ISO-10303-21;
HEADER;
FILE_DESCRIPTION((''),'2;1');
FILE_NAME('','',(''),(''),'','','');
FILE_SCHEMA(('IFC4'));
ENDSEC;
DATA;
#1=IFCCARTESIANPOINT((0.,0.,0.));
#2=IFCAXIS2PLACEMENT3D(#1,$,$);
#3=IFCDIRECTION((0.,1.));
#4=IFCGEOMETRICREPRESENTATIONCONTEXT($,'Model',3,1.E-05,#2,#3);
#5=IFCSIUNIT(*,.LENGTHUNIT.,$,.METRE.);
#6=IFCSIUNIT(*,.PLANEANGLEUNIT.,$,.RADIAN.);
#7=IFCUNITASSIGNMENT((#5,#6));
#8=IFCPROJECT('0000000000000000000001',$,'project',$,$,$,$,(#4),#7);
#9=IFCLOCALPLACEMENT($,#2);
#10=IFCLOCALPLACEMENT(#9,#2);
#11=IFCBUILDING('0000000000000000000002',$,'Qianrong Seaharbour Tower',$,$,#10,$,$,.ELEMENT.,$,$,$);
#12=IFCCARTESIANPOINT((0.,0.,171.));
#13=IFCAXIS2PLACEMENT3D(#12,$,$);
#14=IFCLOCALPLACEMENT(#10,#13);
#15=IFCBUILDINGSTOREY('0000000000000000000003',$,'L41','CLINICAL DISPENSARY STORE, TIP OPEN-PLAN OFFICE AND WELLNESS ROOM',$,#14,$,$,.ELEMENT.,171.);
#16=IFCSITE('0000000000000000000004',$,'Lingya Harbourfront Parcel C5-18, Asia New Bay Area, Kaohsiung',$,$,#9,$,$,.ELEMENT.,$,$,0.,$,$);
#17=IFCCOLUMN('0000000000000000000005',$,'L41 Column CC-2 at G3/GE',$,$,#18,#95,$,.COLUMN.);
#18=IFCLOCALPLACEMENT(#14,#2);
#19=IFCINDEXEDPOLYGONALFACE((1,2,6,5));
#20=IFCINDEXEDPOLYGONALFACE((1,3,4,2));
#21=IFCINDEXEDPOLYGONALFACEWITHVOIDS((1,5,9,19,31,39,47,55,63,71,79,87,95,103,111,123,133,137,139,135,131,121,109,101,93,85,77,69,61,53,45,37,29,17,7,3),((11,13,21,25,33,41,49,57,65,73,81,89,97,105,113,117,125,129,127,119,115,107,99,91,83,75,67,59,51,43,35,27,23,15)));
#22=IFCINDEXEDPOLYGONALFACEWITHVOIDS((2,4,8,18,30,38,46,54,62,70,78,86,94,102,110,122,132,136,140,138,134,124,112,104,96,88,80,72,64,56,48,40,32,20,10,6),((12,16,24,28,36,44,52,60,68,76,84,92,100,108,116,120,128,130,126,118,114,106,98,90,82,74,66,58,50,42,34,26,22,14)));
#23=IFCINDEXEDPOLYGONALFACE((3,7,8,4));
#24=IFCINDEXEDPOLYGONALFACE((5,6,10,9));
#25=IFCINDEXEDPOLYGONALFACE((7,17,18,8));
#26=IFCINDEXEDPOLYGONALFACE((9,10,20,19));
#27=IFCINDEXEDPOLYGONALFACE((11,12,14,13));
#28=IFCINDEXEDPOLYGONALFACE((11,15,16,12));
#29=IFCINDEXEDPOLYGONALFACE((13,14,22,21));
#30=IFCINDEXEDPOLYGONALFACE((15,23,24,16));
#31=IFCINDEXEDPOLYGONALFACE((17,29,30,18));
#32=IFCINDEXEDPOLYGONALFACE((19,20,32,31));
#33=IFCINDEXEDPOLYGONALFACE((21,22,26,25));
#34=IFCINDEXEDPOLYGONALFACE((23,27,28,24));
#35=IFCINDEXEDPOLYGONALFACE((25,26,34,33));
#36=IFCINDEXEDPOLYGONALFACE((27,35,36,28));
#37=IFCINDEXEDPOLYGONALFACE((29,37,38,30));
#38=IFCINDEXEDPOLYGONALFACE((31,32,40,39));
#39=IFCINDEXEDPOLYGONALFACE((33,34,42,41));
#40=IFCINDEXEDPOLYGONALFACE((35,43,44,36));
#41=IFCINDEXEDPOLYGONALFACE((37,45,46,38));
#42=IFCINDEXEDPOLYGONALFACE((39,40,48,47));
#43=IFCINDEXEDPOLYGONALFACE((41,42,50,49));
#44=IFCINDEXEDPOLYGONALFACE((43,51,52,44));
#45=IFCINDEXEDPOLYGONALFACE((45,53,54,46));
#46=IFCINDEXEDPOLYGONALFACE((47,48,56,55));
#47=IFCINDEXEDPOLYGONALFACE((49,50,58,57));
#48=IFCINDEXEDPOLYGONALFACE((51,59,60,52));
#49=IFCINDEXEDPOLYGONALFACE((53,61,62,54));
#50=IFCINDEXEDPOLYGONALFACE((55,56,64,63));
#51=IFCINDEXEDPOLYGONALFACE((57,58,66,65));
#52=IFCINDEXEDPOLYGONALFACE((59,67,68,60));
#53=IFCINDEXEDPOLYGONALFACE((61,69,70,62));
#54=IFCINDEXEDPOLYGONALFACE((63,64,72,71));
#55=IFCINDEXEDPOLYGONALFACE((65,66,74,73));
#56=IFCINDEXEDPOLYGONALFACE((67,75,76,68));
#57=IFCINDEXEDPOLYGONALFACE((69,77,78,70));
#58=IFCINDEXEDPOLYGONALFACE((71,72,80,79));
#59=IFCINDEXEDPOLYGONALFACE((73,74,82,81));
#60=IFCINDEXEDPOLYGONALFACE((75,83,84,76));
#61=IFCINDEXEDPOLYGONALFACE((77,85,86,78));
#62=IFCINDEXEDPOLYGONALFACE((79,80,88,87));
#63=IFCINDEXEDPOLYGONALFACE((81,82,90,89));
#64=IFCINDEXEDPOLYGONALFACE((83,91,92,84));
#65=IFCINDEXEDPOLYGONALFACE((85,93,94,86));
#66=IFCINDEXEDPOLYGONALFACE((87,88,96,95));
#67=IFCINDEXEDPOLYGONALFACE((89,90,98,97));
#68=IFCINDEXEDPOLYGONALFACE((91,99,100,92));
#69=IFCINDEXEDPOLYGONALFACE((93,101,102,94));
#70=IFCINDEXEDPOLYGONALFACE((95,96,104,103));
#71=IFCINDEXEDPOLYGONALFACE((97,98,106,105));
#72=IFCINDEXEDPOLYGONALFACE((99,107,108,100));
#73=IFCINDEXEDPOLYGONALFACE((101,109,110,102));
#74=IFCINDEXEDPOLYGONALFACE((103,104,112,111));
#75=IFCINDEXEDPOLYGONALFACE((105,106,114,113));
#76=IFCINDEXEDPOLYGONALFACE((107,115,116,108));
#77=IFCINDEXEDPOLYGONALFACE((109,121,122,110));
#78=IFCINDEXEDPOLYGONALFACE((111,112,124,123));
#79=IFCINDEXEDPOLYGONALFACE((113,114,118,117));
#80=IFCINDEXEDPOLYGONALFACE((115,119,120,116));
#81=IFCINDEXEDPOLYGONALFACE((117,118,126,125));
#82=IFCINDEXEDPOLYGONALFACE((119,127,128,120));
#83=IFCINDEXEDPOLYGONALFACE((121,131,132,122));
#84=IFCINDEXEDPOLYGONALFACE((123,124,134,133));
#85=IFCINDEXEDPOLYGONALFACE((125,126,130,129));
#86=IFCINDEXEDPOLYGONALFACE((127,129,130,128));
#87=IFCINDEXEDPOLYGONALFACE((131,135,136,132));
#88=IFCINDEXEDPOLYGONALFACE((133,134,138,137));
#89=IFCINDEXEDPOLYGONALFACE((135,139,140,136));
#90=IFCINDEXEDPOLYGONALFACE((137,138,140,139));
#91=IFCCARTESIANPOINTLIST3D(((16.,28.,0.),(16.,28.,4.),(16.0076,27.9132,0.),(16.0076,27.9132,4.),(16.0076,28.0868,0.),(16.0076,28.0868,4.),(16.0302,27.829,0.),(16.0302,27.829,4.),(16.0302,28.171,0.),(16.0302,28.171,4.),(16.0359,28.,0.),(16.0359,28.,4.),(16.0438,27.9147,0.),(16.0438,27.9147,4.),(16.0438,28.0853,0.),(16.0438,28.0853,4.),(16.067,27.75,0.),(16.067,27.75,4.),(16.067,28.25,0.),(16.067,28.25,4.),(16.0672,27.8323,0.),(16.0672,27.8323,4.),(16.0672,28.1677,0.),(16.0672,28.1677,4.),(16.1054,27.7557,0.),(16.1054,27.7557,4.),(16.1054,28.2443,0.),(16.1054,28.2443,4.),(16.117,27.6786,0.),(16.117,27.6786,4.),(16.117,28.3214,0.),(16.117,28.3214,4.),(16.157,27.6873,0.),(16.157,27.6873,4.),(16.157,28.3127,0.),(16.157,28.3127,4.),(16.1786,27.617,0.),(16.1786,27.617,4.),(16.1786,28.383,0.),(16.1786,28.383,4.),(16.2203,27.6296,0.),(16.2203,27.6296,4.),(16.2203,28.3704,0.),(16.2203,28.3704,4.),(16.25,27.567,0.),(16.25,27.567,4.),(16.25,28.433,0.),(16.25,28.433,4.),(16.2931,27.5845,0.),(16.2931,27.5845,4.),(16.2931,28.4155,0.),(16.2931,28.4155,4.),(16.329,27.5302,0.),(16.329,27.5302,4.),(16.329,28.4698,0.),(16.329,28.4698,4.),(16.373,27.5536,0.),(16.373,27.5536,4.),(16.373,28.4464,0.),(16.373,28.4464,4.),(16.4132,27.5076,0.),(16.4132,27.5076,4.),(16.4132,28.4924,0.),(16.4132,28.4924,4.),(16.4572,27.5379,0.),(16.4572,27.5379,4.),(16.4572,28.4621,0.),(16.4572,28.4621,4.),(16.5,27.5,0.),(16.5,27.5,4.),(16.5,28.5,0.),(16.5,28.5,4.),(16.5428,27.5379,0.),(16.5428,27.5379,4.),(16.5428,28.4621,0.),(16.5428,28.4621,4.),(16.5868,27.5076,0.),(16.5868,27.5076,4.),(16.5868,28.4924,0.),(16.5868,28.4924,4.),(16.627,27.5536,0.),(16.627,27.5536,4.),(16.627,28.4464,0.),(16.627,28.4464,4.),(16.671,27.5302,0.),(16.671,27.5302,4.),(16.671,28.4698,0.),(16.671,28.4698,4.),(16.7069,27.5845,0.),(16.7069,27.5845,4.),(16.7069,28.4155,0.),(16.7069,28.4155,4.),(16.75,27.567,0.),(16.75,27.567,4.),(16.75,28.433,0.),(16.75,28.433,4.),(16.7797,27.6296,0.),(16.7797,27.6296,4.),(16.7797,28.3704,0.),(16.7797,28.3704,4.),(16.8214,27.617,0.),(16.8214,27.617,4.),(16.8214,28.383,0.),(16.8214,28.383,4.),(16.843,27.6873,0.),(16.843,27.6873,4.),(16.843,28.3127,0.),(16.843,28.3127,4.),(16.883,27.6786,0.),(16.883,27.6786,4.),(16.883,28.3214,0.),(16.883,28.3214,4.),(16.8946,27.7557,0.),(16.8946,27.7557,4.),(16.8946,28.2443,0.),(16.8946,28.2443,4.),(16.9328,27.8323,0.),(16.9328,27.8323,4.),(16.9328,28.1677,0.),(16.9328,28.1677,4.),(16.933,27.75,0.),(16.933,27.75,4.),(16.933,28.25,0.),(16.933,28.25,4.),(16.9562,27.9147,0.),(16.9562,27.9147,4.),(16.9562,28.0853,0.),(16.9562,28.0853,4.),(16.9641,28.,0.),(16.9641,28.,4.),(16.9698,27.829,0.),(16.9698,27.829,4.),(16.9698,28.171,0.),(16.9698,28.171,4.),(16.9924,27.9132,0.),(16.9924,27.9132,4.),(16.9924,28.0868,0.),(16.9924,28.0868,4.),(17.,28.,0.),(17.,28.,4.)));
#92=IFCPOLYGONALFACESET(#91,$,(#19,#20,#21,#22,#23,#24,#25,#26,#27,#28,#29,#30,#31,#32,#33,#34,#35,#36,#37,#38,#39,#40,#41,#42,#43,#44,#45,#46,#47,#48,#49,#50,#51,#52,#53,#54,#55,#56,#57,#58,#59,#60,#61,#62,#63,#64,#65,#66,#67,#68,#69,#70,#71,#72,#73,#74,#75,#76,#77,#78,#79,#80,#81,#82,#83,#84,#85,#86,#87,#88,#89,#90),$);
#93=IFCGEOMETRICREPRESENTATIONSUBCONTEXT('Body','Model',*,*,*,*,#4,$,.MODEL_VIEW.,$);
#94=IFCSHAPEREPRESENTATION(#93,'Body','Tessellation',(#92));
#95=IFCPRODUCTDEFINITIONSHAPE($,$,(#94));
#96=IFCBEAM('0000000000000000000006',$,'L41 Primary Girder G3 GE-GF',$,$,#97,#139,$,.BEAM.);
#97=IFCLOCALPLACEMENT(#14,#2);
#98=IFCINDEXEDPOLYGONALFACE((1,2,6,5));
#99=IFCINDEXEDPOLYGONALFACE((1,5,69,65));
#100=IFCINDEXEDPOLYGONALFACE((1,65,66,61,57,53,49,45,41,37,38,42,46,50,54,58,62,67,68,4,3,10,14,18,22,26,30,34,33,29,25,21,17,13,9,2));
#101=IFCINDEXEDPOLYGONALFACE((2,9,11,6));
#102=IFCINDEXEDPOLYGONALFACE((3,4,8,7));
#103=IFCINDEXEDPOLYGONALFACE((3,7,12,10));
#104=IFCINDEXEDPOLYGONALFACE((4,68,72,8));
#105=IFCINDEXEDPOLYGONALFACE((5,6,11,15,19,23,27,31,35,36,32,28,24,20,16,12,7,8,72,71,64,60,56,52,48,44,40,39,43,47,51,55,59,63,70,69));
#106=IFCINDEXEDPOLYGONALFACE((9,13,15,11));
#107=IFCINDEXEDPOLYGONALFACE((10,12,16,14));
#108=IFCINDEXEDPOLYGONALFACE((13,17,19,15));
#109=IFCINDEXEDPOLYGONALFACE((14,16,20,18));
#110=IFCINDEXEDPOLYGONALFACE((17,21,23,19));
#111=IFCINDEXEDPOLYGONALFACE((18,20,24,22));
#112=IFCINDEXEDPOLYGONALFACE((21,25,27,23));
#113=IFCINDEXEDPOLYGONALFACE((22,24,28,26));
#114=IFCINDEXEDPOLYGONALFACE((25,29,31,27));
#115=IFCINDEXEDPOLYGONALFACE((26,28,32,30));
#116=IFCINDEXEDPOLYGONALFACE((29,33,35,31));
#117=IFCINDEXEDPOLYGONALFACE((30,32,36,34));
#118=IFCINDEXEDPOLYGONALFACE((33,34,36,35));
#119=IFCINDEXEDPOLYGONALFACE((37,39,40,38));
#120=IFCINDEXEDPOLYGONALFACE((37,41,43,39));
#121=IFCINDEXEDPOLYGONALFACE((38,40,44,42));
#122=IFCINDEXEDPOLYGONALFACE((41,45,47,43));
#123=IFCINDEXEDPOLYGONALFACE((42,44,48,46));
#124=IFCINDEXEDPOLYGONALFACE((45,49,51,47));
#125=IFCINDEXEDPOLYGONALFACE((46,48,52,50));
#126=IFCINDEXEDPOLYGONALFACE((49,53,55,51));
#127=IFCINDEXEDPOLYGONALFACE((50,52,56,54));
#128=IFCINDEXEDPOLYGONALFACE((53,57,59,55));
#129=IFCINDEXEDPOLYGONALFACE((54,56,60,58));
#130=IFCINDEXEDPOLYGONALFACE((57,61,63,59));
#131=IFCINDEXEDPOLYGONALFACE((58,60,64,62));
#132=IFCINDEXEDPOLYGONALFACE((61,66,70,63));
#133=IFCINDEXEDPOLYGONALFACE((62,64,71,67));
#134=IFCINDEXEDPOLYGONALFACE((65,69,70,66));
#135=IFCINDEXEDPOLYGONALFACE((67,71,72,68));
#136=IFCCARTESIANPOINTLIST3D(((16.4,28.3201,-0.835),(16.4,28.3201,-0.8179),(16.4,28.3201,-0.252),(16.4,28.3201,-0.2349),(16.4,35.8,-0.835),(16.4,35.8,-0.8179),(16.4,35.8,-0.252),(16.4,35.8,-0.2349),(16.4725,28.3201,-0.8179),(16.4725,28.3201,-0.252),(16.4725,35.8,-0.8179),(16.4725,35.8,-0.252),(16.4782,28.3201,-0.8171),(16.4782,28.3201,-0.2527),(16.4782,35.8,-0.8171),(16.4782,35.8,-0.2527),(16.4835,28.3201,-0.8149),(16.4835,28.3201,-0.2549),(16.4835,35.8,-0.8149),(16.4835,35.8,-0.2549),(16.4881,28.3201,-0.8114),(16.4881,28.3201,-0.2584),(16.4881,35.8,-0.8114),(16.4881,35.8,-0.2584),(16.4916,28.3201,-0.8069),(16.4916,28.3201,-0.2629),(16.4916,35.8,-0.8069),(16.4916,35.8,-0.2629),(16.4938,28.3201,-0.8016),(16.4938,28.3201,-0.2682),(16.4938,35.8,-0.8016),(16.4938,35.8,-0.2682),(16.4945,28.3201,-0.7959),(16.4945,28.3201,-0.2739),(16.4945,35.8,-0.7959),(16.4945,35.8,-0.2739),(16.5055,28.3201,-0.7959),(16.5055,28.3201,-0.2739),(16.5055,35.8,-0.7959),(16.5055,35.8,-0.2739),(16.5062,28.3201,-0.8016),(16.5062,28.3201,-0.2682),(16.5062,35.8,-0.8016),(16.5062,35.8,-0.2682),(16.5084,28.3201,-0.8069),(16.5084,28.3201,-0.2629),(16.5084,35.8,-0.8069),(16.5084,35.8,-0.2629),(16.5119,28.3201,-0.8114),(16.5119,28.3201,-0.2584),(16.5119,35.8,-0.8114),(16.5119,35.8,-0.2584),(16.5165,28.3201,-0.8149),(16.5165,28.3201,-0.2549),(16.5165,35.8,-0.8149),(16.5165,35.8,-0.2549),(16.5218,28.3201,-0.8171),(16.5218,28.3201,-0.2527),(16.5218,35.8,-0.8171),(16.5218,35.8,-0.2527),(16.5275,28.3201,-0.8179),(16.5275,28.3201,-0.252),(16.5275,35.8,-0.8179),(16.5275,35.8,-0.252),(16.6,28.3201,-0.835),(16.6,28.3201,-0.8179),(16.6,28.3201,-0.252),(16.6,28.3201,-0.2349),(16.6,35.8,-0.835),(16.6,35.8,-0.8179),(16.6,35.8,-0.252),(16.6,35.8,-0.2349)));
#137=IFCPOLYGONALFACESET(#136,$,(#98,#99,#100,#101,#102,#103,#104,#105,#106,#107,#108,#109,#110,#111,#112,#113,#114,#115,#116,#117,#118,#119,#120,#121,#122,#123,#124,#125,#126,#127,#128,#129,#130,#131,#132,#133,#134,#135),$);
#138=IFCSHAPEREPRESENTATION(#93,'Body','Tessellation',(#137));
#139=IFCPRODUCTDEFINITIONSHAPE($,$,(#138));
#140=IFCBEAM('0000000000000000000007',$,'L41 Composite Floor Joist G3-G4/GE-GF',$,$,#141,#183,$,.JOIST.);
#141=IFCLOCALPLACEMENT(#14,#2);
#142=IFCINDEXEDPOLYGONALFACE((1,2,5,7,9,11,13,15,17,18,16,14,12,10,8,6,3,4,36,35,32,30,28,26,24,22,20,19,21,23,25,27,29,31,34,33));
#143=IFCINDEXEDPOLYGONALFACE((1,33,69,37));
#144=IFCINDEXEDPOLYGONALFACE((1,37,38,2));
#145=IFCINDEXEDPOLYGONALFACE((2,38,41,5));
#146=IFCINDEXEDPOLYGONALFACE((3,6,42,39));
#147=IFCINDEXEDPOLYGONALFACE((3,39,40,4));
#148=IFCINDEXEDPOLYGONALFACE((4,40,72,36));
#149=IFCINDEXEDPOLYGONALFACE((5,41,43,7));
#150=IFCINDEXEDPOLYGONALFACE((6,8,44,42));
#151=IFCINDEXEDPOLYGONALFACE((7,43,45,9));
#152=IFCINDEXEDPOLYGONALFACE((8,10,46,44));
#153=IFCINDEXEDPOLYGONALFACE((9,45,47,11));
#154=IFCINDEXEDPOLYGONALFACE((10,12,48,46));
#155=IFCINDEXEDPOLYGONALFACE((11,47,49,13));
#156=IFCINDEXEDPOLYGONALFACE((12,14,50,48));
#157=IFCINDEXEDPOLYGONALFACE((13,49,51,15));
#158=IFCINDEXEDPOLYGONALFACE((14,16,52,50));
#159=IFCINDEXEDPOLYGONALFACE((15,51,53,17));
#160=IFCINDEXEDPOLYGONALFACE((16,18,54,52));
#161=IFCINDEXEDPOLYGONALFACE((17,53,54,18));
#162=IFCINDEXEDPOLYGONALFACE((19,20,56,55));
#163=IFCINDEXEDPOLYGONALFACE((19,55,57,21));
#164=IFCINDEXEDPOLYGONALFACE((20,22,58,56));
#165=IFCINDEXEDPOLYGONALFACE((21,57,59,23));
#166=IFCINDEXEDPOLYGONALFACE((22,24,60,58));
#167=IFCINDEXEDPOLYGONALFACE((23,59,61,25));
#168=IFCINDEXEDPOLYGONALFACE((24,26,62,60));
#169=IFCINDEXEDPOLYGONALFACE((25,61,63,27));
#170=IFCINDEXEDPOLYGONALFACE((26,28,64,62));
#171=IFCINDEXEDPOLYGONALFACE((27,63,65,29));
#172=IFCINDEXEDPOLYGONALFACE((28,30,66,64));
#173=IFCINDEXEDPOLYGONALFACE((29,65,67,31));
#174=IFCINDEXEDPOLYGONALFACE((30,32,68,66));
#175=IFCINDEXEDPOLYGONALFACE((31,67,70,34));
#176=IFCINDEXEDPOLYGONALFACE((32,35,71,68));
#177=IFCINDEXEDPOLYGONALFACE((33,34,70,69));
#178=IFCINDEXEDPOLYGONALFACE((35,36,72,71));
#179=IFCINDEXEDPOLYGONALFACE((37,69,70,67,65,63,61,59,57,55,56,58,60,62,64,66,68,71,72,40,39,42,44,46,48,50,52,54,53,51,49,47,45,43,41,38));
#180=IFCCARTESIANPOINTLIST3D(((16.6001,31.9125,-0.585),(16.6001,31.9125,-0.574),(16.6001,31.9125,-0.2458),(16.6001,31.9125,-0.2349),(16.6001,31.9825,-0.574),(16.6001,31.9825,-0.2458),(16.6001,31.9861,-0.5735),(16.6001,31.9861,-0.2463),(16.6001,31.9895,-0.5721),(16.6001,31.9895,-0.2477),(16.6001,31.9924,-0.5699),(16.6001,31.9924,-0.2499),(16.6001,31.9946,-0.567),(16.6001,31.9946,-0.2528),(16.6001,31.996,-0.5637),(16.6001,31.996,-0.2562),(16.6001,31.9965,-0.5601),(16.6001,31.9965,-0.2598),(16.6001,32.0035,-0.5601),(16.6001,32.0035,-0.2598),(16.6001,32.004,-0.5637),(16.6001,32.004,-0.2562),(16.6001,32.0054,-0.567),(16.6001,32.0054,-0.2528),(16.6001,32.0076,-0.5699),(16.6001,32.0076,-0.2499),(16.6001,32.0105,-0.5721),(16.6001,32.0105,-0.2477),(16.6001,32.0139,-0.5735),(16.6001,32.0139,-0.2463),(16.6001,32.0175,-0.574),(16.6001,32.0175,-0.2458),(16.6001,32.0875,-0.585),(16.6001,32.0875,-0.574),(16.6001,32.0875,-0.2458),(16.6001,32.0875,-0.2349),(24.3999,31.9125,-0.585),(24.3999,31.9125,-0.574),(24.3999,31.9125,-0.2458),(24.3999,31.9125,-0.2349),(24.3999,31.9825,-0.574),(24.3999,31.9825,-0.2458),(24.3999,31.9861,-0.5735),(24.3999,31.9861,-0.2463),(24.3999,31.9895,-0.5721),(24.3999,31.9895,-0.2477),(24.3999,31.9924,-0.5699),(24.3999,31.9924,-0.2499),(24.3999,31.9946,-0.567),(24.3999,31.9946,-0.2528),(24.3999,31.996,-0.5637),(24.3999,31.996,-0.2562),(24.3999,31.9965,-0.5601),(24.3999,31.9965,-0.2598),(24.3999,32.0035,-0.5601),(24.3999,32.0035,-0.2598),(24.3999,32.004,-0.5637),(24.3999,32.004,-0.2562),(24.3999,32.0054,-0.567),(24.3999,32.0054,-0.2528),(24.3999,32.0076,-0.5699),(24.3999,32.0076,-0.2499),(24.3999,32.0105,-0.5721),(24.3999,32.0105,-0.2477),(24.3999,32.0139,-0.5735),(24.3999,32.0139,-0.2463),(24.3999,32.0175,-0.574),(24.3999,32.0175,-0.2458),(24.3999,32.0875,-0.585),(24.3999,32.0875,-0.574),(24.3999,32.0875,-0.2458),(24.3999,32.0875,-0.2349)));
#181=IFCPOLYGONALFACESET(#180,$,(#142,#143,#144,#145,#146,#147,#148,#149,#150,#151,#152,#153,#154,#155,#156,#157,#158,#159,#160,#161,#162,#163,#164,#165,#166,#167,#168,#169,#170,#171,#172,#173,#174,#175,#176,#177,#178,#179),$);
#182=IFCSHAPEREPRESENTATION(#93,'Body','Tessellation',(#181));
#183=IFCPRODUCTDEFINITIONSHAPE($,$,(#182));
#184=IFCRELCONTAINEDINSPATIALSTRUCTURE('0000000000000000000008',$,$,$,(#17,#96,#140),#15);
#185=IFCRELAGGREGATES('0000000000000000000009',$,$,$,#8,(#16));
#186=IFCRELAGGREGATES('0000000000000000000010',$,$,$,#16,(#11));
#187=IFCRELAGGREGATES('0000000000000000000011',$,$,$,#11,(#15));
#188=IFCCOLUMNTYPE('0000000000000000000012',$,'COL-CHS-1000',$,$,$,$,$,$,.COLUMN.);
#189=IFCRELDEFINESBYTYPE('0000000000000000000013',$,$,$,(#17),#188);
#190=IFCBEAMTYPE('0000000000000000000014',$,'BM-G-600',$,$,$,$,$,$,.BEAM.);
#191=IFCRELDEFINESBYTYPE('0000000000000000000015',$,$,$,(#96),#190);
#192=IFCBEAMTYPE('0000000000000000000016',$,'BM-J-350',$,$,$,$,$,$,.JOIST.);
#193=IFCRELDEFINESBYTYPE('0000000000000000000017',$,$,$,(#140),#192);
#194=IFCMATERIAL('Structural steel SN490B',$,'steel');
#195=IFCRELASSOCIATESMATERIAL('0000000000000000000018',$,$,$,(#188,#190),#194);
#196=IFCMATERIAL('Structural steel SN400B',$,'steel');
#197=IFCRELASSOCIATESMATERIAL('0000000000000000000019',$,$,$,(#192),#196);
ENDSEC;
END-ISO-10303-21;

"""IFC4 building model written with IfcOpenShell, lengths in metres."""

from ifc_helpers import new_model, si_unit, direction, frame, origin, origin_2d, place, context, subcontext, project, spatial, hollow_circle, i_section, extrude, material, material_profile, profile_set, type_object, element, save


model = new_model("IFC4")

# Units and contexts
model_context = context("Model", 3, precision=1e-05, world=origin(), true_north=direction((0.0, 1.0)))
body_context = subcontext(model_context, "Body", "Model", "MODEL_VIEW")
ifc_project = project(units=[si_unit("LENGTHUNIT", "METRE"), si_unit("PLANEANGLEUNIT", "RADIAN")], contexts=[model_context])

# Site, building, storey
site_placement = place(None, origin())
site = spatial("IfcSite", under=ifc_project, at=site_placement, Name="Lingya Harbourfront Parcel C5-18, Asia New Bay Area, Kaohsiung", CompositionType="ELEMENT", RefElevation=0.0)
building_placement = place(site_placement, origin())
building = spatial("IfcBuilding", under=site, at=building_placement, Name="Qianrong Seaharbour Tower", CompositionType="ELEMENT")
storey_placement = place(building_placement, frame((0.0, 0.0, 171.0)))
storey = spatial("IfcBuildingStorey", under=building, at=storey_placement, Name="L41", Description="CLINICAL DISPENSARY STORE, TIP OPEN-PLAN OFFICE AND WELLNESS ROOM", CompositionType="ELEMENT", Elevation=171.0)

# Column
ifc_material_1 = material(Name="Structural steel SN490B", Category="steel")
ifc_material_profile_1 = material_profile(ifc_material_1, hollow_circle(Radius=0.5, WallThickness=0.0359, at=origin_2d()), Name="CHS1000x36")
ifc_profile_set_1 = profile_set([ifc_material_profile_1], Name="Structural steel SN490B")
column_type = type_object("IfcColumnType", Name="COL-CHS-1000", PredefinedType="COLUMN", material=ifc_profile_set_1)
column_placement = place(storey_placement, frame((16.5, 28.0, 0.0), z_axis=(0.0, 0.0, 1.0), x_axis=(1.0, 0.0, 0.0)))
element("IfcColumn", 1, at=column_placement, inside=storey, type_object=column_type, Name="L41 Column CC-2 at G3/GE", PredefinedType="COLUMN", context=body_context, shape_type="SweptSolid", body=[
    extrude(hollow_circle(Radius=0.5, WallThickness=0.0359, at=origin_2d()), origin(), (0.0, 0.0, 1.0), 4.0),
])

# Beams
ifc_material_profile_2 = material_profile(ifc_material_1, i_section(OverallWidth=0.2, OverallDepth=0.6001, WebThickness=0.011, FlangeThickness=0.0171, FilletRadius=0.022, at=origin_2d()), Name="H600x200x11x17")
ifc_profile_set_2 = profile_set([ifc_material_profile_2], Name="Structural steel SN490B")
beam_type_1 = type_object("IfcBeamType", Name="BM-G-600", PredefinedType="BEAM", material=ifc_profile_set_2)
beam_1_placement = place(storey_placement, frame((16.5, 28.3201, -0.5349), z_axis=(0.0, 1.0, 0.0), x_axis=(-1.0, 0.0, 0.0)))
element("IfcBeam", 2, at=beam_1_placement, inside=storey, type_object=beam_type_1, Name="L41 Primary Girder G3 GE-GF", PredefinedType="BEAM", context=body_context, shape_type="SweptSolid", body=[
    extrude(i_section(OverallWidth=0.2, OverallDepth=0.6001, WebThickness=0.011, FlangeThickness=0.0171, FilletRadius=0.022, at=origin_2d()), origin(), (0.0, 0.0, 1.0), 7.48),
])
ifc_material_2 = material(Name="Structural steel SN400B", Category="steel")
ifc_material_profile_3 = material_profile(ifc_material_2, i_section(OverallWidth=0.175, OverallDepth=0.3501, WebThickness=0.0071, FlangeThickness=0.011, FilletRadius=0.0139, at=origin_2d()), Name="H350x175x7x11")
ifc_profile_set_3 = profile_set([ifc_material_profile_3], Name="Structural steel SN400B")
beam_type_2 = type_object("IfcBeamType", Name="BM-J-350", PredefinedType="JOIST", material=ifc_profile_set_3)
beam_2_placement = place(storey_placement, frame((16.6001, 32.0, -0.4099), z_axis=(1.0, 0.0, 0.0), x_axis=(0.0, 1.0, 0.0)))
element("IfcBeam", 3, at=beam_2_placement, inside=storey, type_object=beam_type_2, Name="L41 Composite Floor Joist G3-G4/GE-GF", PredefinedType="JOIST", context=body_context, shape_type="SweptSolid", body=[
    extrude(i_section(OverallWidth=0.175, OverallDepth=0.3501, WebThickness=0.0071, FlangeThickness=0.011, FilletRadius=0.0139, at=origin_2d()), origin(), (0.0, 0.0, 1.0), 7.7998),
])

save(model, "model.ifc")
